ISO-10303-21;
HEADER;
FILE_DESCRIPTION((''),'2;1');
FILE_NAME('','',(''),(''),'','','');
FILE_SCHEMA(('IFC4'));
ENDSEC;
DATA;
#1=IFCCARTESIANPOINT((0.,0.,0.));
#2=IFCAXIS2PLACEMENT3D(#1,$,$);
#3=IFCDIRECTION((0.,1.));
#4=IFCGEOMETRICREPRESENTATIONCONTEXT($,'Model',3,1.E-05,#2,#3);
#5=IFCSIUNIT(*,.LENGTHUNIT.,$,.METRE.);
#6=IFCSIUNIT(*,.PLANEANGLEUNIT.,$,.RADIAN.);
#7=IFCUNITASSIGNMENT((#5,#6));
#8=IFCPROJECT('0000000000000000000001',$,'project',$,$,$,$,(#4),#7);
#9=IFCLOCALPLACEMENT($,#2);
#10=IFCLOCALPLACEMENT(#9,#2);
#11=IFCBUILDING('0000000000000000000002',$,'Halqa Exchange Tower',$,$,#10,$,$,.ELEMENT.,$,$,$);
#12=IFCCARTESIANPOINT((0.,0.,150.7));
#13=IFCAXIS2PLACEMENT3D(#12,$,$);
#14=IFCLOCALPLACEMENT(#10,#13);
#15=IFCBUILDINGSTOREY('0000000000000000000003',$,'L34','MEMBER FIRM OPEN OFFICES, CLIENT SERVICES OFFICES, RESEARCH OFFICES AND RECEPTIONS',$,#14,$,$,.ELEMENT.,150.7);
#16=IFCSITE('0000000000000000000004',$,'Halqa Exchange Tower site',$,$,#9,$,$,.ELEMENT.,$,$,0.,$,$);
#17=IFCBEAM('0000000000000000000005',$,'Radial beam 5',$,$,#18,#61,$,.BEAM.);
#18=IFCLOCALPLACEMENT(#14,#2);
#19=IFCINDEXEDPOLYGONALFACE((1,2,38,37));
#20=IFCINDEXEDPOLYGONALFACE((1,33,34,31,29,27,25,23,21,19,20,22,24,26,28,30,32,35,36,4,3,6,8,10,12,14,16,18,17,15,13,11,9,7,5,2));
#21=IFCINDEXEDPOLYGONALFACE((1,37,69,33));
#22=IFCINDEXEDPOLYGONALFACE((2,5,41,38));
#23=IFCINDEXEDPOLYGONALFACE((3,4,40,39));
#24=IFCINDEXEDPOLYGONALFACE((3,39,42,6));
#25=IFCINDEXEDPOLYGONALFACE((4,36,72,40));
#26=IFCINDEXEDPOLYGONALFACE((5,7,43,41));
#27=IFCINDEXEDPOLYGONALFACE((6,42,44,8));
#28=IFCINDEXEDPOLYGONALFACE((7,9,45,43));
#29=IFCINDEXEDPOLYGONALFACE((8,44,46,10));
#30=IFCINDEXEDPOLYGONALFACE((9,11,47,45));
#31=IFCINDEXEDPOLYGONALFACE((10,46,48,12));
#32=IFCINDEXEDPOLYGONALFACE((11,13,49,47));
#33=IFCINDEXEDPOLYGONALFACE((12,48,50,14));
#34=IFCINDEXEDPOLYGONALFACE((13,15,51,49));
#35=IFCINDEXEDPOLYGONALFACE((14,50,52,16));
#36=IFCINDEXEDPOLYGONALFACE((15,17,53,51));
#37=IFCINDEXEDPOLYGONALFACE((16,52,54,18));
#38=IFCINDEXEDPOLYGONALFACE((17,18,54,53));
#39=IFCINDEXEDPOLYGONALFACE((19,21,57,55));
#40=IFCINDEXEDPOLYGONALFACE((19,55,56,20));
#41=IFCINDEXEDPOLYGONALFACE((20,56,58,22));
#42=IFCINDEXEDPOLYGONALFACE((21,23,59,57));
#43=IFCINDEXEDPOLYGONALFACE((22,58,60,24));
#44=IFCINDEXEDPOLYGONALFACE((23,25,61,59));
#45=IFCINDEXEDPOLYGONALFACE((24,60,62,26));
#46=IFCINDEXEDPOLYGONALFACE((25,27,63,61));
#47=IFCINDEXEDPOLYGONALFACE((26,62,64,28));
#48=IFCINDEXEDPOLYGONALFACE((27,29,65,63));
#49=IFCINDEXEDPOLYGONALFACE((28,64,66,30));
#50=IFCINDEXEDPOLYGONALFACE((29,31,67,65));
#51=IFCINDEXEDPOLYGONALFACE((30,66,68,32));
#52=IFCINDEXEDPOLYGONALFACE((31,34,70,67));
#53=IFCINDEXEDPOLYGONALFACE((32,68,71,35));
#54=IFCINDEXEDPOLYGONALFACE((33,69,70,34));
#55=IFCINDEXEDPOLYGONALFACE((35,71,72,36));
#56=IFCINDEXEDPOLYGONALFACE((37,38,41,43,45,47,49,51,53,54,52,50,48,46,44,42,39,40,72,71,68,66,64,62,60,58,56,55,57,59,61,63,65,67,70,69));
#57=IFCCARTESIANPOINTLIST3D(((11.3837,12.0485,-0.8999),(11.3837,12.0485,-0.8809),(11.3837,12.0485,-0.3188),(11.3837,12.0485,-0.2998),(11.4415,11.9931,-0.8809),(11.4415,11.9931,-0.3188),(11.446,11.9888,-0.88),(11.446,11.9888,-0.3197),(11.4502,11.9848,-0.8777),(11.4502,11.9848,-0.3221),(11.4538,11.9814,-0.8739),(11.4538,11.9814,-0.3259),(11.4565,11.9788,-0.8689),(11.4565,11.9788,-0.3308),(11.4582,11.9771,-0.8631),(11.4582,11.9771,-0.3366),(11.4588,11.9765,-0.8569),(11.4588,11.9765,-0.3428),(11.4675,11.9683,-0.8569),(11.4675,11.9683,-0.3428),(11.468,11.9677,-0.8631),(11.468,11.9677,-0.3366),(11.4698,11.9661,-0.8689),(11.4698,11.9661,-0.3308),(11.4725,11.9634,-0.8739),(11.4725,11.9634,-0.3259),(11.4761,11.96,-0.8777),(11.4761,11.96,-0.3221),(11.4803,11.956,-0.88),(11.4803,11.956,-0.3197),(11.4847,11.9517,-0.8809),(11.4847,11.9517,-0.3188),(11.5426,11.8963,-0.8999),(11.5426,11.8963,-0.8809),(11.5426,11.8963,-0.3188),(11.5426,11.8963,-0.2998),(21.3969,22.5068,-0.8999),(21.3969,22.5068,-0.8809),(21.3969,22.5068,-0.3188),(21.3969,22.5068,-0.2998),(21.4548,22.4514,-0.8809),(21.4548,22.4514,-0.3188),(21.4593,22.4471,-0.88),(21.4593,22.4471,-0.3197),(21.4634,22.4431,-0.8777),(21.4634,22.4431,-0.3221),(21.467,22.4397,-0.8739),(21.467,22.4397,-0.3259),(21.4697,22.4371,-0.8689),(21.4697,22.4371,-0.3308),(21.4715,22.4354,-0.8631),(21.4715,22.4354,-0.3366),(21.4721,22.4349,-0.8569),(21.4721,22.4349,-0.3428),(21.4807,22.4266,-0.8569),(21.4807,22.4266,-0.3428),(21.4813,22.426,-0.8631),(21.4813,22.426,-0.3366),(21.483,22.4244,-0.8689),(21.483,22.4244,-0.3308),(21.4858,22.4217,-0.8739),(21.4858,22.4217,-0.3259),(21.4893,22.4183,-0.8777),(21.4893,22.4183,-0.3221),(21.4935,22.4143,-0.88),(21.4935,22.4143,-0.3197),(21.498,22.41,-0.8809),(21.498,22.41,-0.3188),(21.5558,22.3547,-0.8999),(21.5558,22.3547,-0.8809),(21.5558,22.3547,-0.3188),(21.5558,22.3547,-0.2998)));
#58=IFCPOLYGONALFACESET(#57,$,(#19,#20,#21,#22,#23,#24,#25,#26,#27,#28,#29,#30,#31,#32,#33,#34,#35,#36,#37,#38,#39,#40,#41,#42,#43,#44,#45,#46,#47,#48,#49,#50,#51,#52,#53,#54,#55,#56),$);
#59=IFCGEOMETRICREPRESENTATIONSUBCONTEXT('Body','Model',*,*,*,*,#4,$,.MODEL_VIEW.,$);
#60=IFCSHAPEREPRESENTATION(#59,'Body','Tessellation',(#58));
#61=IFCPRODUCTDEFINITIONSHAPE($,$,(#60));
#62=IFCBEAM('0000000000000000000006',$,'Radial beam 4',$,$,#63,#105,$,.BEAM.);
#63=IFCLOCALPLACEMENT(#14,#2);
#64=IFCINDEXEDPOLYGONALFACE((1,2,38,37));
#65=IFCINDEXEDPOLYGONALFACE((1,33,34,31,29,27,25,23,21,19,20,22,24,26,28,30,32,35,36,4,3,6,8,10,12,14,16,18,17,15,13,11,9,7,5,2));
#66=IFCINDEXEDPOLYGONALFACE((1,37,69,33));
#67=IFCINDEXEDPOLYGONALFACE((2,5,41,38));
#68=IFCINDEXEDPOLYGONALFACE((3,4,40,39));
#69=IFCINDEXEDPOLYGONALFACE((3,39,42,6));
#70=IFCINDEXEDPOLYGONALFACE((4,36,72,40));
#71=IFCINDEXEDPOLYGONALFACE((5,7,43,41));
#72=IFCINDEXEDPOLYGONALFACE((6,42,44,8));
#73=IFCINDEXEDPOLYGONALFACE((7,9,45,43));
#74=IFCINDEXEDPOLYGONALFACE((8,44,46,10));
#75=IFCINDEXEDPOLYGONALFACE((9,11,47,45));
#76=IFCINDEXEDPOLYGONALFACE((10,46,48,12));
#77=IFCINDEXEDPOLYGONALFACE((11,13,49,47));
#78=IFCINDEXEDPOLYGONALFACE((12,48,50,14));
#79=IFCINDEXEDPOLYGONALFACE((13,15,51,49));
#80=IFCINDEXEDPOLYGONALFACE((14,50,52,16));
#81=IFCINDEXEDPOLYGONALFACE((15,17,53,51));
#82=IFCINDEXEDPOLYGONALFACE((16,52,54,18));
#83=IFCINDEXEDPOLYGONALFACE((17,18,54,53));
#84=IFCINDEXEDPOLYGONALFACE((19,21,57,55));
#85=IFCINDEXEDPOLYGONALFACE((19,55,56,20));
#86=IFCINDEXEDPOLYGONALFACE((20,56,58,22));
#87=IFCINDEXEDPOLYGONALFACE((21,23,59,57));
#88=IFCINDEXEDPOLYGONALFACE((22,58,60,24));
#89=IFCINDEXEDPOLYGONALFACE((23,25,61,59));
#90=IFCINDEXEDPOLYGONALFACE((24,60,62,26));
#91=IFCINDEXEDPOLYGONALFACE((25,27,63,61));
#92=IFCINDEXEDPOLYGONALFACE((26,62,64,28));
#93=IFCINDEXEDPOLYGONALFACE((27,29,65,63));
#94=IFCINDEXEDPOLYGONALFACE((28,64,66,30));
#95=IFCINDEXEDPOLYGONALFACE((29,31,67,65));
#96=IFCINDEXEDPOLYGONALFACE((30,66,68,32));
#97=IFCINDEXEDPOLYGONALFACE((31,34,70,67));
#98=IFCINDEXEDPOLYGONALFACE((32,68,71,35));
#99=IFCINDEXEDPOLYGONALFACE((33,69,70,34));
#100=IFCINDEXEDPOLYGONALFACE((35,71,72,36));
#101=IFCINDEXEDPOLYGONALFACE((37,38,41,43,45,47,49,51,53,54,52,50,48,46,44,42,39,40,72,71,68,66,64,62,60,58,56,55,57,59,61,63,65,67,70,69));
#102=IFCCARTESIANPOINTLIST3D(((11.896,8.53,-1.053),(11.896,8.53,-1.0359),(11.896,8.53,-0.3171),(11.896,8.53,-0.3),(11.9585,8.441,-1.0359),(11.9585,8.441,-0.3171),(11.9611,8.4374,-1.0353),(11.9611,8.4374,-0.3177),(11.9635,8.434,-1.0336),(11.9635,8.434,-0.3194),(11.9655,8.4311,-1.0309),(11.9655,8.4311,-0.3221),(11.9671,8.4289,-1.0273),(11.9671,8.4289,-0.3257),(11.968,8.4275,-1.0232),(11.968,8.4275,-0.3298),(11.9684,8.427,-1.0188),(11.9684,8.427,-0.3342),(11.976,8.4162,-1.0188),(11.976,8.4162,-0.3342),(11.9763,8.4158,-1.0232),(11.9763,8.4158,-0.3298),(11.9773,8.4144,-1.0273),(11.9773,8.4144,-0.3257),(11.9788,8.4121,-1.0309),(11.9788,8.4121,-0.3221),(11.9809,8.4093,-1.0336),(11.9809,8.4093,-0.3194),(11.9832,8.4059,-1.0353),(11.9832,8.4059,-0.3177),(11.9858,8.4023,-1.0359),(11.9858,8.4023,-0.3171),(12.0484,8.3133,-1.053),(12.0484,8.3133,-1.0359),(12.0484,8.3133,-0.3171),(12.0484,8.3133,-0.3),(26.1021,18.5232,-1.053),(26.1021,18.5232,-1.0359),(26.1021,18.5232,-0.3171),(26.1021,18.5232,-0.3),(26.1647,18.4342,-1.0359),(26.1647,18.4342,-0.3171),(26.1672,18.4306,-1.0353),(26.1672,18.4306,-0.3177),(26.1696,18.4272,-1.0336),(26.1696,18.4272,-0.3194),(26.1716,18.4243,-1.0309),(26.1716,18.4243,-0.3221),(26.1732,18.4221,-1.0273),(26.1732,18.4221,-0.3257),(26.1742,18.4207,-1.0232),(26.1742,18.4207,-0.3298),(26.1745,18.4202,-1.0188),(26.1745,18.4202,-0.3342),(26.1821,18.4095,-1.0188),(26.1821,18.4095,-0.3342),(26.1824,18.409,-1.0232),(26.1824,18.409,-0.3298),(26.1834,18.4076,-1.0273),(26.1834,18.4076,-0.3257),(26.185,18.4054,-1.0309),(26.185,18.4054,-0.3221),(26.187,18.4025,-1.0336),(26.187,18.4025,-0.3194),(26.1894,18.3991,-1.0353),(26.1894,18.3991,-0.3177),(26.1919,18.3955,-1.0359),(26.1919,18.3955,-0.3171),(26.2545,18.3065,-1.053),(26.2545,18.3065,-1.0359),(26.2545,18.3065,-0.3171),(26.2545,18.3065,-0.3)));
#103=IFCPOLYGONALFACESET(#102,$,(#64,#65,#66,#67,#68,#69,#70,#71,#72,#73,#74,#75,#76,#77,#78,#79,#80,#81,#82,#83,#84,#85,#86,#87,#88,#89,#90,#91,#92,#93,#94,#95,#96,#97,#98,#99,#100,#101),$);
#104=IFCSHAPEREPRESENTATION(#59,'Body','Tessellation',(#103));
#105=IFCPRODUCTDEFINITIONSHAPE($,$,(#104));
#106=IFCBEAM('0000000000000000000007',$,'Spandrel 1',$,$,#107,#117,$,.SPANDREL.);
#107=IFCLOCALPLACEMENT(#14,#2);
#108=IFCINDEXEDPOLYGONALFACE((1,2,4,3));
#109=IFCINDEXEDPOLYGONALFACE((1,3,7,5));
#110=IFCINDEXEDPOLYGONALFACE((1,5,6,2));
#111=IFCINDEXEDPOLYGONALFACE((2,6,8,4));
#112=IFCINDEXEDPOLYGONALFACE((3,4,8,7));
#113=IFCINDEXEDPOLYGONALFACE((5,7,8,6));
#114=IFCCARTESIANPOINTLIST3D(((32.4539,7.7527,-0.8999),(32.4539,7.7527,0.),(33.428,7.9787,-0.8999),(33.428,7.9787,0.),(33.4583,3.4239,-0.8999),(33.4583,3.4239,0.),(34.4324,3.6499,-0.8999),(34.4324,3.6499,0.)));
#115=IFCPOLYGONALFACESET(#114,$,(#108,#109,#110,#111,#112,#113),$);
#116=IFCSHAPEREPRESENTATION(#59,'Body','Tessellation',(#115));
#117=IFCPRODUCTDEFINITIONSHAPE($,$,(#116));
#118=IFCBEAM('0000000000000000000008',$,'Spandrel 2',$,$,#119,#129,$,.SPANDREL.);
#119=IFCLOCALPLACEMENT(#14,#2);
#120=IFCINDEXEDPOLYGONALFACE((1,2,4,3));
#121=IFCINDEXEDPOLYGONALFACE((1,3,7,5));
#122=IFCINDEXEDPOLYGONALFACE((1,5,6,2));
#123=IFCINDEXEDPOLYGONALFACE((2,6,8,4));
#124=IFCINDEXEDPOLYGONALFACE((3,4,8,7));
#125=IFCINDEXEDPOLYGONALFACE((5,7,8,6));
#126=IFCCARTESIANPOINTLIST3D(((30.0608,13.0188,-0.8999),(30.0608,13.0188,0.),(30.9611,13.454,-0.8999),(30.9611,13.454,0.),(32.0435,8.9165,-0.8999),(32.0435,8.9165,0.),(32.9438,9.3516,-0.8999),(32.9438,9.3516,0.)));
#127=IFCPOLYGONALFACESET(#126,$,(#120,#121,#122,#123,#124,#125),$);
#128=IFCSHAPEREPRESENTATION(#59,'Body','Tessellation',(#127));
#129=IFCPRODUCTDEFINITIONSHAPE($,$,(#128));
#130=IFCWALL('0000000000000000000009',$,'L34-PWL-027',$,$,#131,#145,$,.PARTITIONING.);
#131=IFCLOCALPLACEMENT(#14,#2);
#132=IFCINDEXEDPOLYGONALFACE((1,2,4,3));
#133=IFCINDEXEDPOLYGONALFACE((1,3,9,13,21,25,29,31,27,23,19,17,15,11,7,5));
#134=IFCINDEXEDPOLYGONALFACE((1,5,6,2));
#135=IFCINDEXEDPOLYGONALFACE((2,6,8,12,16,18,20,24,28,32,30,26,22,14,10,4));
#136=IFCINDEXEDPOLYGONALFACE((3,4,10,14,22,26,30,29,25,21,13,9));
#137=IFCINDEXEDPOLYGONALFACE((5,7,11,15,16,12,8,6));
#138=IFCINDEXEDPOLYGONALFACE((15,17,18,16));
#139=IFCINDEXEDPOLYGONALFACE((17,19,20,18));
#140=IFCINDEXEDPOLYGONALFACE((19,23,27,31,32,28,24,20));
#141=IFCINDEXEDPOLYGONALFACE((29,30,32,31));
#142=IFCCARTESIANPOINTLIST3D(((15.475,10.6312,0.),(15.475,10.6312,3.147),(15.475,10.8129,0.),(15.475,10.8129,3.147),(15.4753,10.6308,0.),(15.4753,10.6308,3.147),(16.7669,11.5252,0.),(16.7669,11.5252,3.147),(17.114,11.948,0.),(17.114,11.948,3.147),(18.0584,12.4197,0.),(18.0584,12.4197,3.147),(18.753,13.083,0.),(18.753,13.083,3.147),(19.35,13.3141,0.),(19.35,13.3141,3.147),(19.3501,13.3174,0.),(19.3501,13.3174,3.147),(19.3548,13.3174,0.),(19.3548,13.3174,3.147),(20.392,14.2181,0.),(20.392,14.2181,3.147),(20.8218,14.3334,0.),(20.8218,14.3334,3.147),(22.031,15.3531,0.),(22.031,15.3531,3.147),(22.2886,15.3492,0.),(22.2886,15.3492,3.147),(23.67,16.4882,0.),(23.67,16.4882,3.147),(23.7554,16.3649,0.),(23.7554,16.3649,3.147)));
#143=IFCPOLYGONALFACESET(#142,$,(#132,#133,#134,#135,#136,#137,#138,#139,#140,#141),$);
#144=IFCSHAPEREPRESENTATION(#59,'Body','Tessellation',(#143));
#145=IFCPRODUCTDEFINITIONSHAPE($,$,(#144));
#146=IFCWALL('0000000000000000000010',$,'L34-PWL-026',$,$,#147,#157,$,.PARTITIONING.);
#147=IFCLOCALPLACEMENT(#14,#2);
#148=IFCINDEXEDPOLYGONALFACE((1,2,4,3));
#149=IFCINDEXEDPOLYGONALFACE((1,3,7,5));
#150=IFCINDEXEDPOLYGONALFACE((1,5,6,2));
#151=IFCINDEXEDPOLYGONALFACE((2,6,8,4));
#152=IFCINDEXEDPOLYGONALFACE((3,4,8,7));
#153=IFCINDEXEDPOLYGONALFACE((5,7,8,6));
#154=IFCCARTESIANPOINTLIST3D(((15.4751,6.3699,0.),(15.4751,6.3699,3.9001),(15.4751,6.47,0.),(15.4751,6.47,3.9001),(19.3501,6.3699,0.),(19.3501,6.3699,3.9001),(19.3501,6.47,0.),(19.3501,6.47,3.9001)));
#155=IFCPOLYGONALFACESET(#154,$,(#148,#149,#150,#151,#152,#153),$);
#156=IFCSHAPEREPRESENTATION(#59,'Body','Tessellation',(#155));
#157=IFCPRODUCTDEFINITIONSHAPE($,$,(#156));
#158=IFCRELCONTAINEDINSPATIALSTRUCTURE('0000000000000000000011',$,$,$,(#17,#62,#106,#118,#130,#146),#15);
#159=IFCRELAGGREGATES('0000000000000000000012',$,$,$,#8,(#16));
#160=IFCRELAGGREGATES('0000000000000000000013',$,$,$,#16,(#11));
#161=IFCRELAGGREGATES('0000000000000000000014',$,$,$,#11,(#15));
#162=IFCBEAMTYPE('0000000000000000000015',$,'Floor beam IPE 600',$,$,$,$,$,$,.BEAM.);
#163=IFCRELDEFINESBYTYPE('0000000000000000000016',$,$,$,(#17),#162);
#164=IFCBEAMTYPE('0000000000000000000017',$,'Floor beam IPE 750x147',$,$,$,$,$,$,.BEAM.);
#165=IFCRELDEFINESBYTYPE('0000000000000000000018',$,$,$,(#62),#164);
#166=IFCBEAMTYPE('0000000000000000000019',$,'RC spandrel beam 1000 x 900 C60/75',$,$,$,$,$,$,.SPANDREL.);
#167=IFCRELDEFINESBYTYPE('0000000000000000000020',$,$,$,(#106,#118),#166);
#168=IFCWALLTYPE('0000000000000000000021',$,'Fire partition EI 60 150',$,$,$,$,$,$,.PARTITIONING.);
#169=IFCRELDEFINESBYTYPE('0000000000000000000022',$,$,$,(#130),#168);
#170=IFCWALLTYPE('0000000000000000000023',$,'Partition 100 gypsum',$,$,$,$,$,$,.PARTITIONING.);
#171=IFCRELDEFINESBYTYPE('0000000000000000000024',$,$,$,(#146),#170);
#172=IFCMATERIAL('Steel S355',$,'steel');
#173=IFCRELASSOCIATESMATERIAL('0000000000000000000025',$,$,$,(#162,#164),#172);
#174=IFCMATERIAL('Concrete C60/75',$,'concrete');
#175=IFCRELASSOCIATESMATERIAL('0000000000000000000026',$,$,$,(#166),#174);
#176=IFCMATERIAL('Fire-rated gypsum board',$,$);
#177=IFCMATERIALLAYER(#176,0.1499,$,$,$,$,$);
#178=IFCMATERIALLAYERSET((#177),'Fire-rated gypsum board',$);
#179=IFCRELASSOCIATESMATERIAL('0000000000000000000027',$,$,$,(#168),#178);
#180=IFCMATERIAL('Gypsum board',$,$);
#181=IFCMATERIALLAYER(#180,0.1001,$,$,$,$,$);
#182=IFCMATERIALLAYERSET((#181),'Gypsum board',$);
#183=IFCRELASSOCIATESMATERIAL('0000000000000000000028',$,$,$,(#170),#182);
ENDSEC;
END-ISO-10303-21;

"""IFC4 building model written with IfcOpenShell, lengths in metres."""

from ifc_helpers import new_model, si_unit, direction, frame, frame_2d, origin, origin_2d, place, context, subcontext, project, spatial, polyline, rectangle, i_section, outline, extrude, material, layer, layer_set, material_profile, profile_set, type_object, element, save


model = new_model("IFC4")

# Units and contexts
model_context = context("Model", 3, precision=1e-05, world=origin(), true_north=direction((0.0, 1.0)))
body_context = subcontext(model_context, "Body", "Model", "MODEL_VIEW")
ifc_project = project(units=[si_unit("LENGTHUNIT", "METRE"), si_unit("PLANEANGLEUNIT", "RADIAN")], contexts=[model_context])

# Site, building, storey
site_placement = place(None, origin())
site = spatial("IfcSite", under=ifc_project, at=site_placement, Name="Halqa Exchange Tower site", CompositionType="ELEMENT", RefElevation=0.0)
building_placement = place(site_placement, origin())
building = spatial("IfcBuilding", under=site, at=building_placement, Name="Halqa Exchange Tower", CompositionType="ELEMENT")
storey_placement = place(building_placement, frame((0.0, 0.0, 150.7)))
storey = spatial("IfcBuildingStorey", under=building, at=storey_placement, Name="L34", Description="MEMBER FIRM OPEN OFFICES, CLIENT SERVICES OFFICES, RESEARCH OFFICES AND RECEPTIONS", CompositionType="ELEMENT", Elevation=150.7)

# Beams
ifc_material_1 = material(Name="Steel S355", Category="steel")
ifc_material_profile_1 = material_profile(ifc_material_1, i_section(OverallWidth=0.22, OverallDepth=0.6001, WebThickness=0.012, FlangeThickness=0.019, FilletRadius=0.0239, at=origin_2d()), Name="IPE 600")
ifc_profile_set_1 = profile_set([ifc_material_profile_1], Name="Steel S355")
beam_type_1 = type_object("IfcBeamType", Name="Floor beam IPE 600", PredefinedType="BEAM", material=ifc_profile_set_1)
beam_1_placement = place(storey_placement, frame((11.4631, 11.9724, -0.5999), z_axis=(0.69157, 0.722309, 0.0), x_axis=(-0.722309, 0.69157, 0.0)))
element("IfcBeam", 1, at=beam_1_placement, inside=storey, type_object=beam_type_1, Name="Radial beam 5", PredefinedType="BEAM", context=body_context, shape_type="SweptSolid", body=[
    extrude(i_section(OverallWidth=0.22, OverallDepth=0.6001, WebThickness=0.012, FlangeThickness=0.019, FilletRadius=0.0239, at=origin_2d()), origin(), (0.0, 0.0, 1.0), 14.479),
])
ifc_material_profile_2 = material_profile(ifc_material_1, i_section(OverallWidth=0.2649, OverallDepth=0.7529, WebThickness=0.0132, FlangeThickness=0.0171, FilletRadius=0.0171, at=origin_2d()), Name="IPE 750x147")
ifc_profile_set_2 = profile_set([ifc_material_profile_2], Name="Steel S355")
beam_type_2 = type_object("IfcBeamType", Name="Floor beam IPE 750x147", PredefinedType="BEAM", material=ifc_profile_set_2)
beam_2_placement = place(storey_placement, frame((11.9722, 8.4216, -0.6765), z_axis=(0.817906, 0.575351, 0.0), x_axis=(-0.575351, 0.817906, 0.0)))
element("IfcBeam", 2, at=beam_2_placement, inside=storey, type_object=beam_type_2, Name="Radial beam 4", PredefinedType="BEAM", context=body_context, shape_type="SweptSolid", body=[
    extrude(i_section(OverallWidth=0.2649, OverallDepth=0.7529, WebThickness=0.0132, FlangeThickness=0.0171, FilletRadius=0.0171, at=origin_2d()), origin(), (0.0, 0.0, 1.0), 17.3689),
])
ifc_material_2 = material(Name="Concrete C60/75", Category="concrete")
ifc_material_profile_3 = material_profile(ifc_material_2, rectangle(XDim=1.0, YDim=0.8999, at=origin_2d()), Name="1000 x 900")
ifc_profile_set_3 = profile_set([ifc_material_profile_3], Name="Concrete C60/75")
beam_type_3 = type_object("IfcBeamType", Name="RC spandrel beam 1000 x 900 C60/75", PredefinedType="SPANDREL", material=ifc_profile_set_3)
beam_3_placement = place(storey_placement, frame((33.9453, 3.5369, -0.45), z_axis=(-0.226019, 0.974123, 0.0), x_axis=(-0.974123, -0.226019, 0.0)))
element("IfcBeam", 3, at=beam_3_placement, inside=storey, type_object=beam_type_3, Name="Spandrel 1", PredefinedType="SPANDREL", context=body_context, shape_type="SweptSolid", body=[
    extrude(rectangle(XDim=1.0, YDim=0.8999, at=origin_2d()), origin(), (0.0, 0.0, 1.0), 4.4438),
])
beam_4_placement = place(storey_placement, frame((32.4937, 9.134, -0.45), z_axis=(-0.435149, 0.900358, 0.0), x_axis=(-0.900358, -0.435149, 0.0)))
element("IfcBeam", 4, at=beam_4_placement, inside=storey, type_object=beam_type_3, Name="Spandrel 2", PredefinedType="SPANDREL", context=body_context, shape_type="SweptSolid", body=[
    extrude(rectangle(XDim=1.0, YDim=0.8999, at=origin_2d()), origin(), (0.0, 0.0, 1.0), 4.5564),
])

# Walls
ifc_material_3 = material(Name="Fire-rated gypsum board")
ifc_layer_1 = layer(ifc_material_3, 0.1499)
ifc_layer_set_1 = layer_set([ifc_layer_1], Name="Fire-rated gypsum board")
wall_type_1 = type_object("IfcWallType", Name="Fire partition EI 60 150", PredefinedType="PARTITIONING", material=ifc_layer_set_1)
wall_1_placement = place(storey_placement, frame((15.4326, 10.6924, 0.0), z_axis=(0.0, 0.0, 1.0), x_axis=(0.822108, 0.569331, 0.0)))
element("IfcWall", 5, at=wall_1_placement, inside=storey, type_object=wall_type_1, Name="L34-PWL-027", PredefinedType="PARTITIONING", context=body_context, shape_type="SweptSolid", body=[
    extrude(outline(polyline([(0.0, -0.075), (1.571, -0.075), (3.1421, -0.075), (4.7131, -0.075), (4.7151, -0.0723), (4.719, -0.075), (6.5034, -0.075), (8.2876, -0.075), (10.0718, -0.075), (10.0718, 0.075), (8.0781, 0.075), (6.0845, 0.075), (4.0908, 0.075), (2.0972, 0.075), (0.1035, 0.075), (0.0, -0.0745), (0.0, -0.075)])), origin(), (0.0, 0.0, 1.0), 3.147),
])
ifc_material_4 = material(Name="Gypsum board")
ifc_layer_2 = layer(ifc_material_4, 0.1001)
ifc_layer_set_2 = layer_set([ifc_layer_2], Name="Gypsum board")
wall_type_2 = type_object("IfcWallType", Name="Partition 100 gypsum", PredefinedType="PARTITIONING", material=ifc_layer_set_2)
wall_2_placement = place(storey_placement, frame((15.4751, 6.4199, 0.0), z_axis=(0.0, 0.0, 1.0), x_axis=(1.0, 0.0, 0.0)))
element("IfcWall", 6, at=wall_2_placement, inside=storey, type_object=wall_type_2, Name="L34-PWL-026", PredefinedType="PARTITIONING", context=body_context, shape_type="SweptSolid", body=[
    extrude(rectangle(XDim=3.875, YDim=0.1001, at=frame_2d((1.9375, 0.0))), origin(), (0.0, 0.0, 1.0), 3.9001),
])

save(model, "model.ifc")
